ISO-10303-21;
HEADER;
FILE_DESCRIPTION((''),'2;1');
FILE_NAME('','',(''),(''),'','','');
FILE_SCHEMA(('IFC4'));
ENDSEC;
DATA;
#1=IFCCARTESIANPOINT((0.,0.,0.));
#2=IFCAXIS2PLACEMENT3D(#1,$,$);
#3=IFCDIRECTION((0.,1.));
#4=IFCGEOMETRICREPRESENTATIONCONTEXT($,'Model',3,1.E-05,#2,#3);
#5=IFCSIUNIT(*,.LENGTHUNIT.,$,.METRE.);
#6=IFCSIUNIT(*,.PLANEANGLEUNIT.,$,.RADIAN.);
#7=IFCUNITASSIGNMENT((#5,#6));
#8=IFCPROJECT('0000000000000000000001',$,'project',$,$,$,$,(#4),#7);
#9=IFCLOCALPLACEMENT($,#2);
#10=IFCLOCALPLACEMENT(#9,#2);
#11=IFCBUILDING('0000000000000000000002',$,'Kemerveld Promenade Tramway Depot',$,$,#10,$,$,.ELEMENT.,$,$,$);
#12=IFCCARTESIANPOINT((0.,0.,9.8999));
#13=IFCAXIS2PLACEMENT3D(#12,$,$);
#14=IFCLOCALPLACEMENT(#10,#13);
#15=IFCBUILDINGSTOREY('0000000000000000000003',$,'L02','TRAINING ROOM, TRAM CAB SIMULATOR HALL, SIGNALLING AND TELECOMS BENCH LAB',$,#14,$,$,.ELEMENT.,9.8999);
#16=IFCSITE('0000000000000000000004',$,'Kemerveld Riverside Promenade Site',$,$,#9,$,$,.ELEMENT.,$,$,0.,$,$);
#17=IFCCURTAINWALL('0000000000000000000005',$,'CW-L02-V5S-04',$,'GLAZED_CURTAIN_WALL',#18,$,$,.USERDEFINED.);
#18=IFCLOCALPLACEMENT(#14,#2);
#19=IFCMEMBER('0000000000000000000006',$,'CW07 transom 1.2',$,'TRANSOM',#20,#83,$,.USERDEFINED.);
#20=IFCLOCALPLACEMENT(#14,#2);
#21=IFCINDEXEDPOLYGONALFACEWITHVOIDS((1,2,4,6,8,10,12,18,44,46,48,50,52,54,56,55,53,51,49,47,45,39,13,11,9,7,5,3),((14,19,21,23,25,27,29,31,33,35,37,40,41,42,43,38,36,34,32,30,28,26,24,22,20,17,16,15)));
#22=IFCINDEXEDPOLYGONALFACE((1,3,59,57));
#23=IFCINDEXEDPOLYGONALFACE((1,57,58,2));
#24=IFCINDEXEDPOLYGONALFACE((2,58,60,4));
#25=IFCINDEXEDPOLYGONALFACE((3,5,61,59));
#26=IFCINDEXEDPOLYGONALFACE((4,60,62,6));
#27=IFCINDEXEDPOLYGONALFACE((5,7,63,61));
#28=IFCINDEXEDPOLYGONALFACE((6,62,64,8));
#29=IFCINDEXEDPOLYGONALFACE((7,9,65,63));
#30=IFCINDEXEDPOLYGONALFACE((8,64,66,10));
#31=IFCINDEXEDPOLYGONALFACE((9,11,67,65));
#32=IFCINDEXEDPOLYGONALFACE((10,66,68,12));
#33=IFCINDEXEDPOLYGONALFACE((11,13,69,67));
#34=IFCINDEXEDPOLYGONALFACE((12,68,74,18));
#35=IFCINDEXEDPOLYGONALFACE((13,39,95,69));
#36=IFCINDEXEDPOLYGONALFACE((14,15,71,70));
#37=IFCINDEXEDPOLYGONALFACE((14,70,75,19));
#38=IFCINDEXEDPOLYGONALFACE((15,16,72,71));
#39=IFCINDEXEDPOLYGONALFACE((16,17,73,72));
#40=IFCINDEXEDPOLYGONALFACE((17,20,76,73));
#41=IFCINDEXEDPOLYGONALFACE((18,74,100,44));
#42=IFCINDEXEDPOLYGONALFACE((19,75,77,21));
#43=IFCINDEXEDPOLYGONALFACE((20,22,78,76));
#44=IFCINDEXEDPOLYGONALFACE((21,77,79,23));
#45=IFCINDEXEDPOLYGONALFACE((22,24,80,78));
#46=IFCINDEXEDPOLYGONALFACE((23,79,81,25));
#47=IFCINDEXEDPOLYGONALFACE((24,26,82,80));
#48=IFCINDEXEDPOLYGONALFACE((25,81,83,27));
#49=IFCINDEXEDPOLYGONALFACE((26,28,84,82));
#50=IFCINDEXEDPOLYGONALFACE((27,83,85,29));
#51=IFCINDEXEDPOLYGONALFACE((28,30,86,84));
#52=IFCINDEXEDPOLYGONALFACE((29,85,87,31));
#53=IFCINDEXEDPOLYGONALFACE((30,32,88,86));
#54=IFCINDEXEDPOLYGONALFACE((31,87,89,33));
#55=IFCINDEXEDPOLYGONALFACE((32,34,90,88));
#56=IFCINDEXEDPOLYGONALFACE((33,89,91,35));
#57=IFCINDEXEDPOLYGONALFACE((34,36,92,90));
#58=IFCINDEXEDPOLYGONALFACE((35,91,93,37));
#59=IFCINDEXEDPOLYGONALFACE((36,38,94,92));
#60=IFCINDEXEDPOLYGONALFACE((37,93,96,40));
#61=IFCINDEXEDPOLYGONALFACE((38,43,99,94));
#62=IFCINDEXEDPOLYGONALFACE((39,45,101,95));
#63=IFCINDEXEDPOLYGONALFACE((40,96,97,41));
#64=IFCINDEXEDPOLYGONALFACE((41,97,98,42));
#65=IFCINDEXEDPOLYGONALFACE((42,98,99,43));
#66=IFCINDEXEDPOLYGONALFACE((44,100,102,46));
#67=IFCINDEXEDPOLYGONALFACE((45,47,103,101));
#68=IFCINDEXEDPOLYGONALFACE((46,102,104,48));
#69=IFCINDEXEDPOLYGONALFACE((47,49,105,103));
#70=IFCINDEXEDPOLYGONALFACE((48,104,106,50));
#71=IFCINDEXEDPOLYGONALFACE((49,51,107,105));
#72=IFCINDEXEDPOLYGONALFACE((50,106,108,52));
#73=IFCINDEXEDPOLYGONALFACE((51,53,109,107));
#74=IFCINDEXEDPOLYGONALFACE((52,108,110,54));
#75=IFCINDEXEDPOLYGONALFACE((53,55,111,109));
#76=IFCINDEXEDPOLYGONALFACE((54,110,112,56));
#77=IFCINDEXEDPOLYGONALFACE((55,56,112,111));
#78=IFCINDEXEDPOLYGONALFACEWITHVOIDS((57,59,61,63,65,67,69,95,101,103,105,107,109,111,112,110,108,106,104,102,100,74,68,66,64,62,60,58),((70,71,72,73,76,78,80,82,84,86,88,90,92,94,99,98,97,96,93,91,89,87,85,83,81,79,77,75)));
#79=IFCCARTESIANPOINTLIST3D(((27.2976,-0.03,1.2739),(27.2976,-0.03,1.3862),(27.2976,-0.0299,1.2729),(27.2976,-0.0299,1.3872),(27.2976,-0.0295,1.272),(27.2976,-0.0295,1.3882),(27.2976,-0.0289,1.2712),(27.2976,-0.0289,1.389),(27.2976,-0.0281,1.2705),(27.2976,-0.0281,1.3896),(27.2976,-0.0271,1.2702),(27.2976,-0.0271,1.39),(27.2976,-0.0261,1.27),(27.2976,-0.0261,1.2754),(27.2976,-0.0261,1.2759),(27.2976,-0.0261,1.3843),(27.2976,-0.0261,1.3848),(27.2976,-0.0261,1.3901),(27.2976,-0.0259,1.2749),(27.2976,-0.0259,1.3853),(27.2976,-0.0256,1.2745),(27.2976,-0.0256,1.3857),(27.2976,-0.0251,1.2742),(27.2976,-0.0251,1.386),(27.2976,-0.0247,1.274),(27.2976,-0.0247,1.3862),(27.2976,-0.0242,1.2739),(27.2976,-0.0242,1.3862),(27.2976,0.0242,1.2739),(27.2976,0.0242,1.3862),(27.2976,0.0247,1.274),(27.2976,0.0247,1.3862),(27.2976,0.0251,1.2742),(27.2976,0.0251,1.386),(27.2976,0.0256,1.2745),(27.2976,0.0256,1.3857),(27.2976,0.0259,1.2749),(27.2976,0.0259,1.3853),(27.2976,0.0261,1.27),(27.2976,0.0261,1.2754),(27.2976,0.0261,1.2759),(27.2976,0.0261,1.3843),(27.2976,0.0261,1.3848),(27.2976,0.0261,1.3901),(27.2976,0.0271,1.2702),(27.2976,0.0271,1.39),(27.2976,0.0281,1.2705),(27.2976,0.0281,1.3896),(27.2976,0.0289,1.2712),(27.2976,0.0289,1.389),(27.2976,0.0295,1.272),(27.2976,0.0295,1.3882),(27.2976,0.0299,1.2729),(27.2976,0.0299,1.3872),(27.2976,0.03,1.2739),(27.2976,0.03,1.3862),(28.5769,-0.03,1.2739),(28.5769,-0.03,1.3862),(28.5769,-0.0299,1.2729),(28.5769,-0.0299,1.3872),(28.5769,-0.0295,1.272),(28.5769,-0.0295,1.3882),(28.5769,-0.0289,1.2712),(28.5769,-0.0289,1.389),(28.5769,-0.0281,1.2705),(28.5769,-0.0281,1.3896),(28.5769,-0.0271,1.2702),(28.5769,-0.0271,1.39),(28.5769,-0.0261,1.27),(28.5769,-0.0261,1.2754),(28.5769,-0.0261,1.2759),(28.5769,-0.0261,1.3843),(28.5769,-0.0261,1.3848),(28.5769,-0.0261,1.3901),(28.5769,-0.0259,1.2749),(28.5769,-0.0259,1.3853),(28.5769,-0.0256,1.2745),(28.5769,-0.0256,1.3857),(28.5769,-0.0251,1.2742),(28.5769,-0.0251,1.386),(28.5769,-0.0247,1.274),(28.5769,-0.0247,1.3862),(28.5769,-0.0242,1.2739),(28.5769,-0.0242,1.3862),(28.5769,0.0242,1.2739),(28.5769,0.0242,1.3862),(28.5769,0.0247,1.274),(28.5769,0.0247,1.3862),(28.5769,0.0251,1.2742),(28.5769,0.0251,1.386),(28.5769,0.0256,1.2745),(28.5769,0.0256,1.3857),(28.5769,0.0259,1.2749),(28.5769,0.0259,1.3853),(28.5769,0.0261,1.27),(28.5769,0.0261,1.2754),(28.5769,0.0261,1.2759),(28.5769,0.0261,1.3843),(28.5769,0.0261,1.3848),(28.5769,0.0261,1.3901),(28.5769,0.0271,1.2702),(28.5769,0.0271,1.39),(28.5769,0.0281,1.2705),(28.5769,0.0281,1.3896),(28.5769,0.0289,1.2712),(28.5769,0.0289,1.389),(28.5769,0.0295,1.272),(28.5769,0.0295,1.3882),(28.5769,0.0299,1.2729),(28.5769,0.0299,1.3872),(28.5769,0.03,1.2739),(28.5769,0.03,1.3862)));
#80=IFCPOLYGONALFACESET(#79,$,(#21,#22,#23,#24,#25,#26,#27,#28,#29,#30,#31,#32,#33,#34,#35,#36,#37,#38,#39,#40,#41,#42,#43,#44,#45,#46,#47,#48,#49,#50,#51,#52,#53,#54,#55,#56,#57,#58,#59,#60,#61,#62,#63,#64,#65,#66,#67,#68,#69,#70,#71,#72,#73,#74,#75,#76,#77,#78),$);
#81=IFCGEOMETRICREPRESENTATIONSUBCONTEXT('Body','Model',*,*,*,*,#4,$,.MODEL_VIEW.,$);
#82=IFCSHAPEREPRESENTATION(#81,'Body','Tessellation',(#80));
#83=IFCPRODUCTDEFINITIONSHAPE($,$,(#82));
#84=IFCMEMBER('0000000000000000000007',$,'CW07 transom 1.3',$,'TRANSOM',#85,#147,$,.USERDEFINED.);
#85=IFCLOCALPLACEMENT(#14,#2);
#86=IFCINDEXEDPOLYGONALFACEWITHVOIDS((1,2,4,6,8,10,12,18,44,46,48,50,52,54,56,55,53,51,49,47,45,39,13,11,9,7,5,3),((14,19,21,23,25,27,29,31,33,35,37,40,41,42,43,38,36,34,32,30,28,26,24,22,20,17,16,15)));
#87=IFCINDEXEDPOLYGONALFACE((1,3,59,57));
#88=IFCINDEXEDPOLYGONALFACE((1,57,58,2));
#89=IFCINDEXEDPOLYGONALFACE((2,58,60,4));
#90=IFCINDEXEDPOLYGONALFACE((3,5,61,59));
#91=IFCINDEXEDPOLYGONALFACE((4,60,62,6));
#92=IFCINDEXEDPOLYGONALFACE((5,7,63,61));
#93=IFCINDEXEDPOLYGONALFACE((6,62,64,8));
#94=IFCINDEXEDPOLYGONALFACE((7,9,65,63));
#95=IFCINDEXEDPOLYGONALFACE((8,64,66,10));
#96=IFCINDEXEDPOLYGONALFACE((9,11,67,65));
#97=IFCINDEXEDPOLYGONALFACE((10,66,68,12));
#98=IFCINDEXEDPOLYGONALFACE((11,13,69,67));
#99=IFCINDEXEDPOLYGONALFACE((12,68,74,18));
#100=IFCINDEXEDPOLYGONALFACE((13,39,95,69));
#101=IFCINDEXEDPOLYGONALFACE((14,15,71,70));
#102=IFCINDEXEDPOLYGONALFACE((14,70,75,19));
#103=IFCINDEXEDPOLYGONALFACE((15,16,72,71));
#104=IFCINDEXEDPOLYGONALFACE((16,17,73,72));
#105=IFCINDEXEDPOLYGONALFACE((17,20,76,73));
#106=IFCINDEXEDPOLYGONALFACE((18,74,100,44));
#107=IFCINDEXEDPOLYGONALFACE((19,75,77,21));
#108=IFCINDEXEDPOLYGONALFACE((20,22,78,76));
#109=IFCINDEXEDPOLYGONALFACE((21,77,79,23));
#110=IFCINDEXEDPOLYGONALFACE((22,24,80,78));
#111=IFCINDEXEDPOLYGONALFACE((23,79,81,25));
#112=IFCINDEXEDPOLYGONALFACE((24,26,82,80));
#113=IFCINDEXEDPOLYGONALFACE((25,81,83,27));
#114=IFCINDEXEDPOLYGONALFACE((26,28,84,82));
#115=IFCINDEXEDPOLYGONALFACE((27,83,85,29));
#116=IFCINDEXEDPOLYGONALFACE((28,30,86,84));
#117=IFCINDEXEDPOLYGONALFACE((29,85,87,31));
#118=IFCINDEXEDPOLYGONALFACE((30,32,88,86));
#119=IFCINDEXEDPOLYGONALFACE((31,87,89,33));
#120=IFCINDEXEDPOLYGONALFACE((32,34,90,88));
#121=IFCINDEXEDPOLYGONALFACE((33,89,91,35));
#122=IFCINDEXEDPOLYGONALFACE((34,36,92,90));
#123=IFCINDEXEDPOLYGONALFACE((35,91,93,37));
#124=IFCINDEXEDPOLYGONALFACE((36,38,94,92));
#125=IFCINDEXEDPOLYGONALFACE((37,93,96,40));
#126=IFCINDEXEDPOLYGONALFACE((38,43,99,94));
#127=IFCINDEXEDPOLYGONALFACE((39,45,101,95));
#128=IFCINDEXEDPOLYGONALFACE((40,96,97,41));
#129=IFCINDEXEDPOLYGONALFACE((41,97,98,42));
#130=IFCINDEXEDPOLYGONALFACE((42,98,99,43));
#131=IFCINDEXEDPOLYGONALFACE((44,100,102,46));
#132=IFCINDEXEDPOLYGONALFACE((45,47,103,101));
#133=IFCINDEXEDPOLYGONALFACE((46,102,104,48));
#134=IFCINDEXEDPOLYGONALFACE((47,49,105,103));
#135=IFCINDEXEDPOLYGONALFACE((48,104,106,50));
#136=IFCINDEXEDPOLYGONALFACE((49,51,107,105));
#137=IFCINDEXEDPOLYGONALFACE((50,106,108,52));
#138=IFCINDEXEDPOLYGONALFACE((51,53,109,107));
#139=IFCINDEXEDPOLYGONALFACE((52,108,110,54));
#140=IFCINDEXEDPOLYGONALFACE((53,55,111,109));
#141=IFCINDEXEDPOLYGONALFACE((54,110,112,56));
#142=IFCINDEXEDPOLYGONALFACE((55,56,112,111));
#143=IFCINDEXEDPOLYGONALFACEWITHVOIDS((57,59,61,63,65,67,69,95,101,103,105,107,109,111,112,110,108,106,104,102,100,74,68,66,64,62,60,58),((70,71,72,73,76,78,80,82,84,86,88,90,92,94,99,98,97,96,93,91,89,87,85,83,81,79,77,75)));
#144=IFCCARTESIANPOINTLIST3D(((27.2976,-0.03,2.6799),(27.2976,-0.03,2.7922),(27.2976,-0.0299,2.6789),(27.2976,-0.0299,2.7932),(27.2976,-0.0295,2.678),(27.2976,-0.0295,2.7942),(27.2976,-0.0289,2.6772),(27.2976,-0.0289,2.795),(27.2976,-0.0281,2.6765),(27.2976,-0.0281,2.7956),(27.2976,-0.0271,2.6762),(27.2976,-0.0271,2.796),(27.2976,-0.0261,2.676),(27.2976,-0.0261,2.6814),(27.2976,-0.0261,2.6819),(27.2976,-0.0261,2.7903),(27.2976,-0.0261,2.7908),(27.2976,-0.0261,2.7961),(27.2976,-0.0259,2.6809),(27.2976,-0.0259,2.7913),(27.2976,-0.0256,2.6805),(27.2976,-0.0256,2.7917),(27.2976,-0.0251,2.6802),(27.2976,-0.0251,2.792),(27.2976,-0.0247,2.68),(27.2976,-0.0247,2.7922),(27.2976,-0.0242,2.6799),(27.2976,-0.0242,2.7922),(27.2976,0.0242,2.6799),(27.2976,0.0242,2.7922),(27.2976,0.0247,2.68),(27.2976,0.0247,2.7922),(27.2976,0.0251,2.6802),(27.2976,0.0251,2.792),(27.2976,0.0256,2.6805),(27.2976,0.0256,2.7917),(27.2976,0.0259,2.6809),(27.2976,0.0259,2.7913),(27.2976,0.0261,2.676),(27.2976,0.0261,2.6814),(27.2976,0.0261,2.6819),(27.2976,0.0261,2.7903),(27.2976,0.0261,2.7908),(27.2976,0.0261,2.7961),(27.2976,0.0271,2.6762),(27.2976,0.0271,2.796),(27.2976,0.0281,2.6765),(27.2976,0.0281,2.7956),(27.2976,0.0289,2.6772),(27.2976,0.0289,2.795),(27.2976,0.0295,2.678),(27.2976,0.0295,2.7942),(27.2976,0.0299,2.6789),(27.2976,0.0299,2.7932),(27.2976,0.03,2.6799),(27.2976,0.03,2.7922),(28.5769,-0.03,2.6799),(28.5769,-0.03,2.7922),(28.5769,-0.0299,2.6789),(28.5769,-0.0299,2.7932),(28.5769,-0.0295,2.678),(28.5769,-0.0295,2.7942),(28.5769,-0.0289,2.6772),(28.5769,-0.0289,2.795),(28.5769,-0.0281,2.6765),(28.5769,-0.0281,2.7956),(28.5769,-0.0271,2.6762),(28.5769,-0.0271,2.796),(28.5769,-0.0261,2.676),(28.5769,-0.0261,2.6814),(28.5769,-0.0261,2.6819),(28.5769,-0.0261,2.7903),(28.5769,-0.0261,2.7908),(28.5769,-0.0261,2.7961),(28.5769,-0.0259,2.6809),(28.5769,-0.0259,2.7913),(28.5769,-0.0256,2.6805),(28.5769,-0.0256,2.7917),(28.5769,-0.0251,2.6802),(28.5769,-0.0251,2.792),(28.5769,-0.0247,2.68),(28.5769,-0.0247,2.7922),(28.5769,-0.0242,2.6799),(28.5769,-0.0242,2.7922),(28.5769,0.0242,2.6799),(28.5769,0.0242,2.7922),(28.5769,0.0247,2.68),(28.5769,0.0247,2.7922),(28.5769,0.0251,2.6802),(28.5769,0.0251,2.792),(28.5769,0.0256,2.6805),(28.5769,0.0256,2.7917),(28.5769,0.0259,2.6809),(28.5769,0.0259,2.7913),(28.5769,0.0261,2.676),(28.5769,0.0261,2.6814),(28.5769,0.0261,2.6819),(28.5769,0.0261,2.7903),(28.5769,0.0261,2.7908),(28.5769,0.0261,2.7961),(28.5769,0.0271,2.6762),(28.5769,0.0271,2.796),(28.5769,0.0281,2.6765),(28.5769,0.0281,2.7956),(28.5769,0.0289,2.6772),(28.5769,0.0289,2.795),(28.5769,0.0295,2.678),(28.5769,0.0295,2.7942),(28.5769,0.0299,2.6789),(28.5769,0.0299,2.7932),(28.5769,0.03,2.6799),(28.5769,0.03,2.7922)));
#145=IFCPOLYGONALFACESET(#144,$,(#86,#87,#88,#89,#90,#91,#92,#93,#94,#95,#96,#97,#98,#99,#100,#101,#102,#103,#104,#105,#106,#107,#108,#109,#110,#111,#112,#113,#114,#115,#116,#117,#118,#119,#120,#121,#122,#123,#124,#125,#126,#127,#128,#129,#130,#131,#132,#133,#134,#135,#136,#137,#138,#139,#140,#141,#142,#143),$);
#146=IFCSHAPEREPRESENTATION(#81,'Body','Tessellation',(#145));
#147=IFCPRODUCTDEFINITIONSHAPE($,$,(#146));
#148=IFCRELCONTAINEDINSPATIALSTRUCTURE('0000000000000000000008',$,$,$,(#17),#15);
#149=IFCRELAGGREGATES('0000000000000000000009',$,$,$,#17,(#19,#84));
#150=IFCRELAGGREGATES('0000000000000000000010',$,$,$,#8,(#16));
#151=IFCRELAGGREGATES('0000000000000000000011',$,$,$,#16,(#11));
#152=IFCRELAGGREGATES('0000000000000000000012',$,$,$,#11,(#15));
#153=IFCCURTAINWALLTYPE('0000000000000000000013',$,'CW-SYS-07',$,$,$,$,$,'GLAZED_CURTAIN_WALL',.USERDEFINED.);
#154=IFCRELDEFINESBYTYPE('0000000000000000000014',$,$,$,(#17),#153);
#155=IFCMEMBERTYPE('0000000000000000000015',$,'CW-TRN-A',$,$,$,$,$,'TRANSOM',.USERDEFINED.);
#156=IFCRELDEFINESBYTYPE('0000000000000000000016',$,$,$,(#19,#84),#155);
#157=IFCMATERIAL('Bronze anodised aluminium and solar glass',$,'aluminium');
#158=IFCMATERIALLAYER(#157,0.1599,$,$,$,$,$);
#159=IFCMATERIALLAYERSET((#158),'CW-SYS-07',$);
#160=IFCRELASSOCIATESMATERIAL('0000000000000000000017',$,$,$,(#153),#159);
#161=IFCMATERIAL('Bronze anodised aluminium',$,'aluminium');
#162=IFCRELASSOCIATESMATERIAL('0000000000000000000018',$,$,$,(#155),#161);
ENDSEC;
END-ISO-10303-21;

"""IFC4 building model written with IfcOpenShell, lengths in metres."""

from ifc_helpers import new_model, si_unit, direction, frame, origin, origin_2d, place, context, subcontext, project, spatial, hollow_rectangle, extrude, material, layer, layer_set, material_profile, profile_set, type_object, element, aggregate, save


model = new_model("IFC4")

# Units and contexts
model_context = context("Model", 3, precision=1e-05, world=origin(), true_north=direction((0.0, 1.0)))
body_context = subcontext(model_context, "Body", "Model", "MODEL_VIEW")
ifc_project = project(units=[si_unit("LENGTHUNIT", "METRE"), si_unit("PLANEANGLEUNIT", "RADIAN")], contexts=[model_context])

# Site, building, storey
site_placement = place(None, origin())
site = spatial("IfcSite", under=ifc_project, at=site_placement, Name="Kemerveld Riverside Promenade Site", CompositionType="ELEMENT", RefElevation=0.0)
building_placement = place(site_placement, origin())
building = spatial("IfcBuilding", under=site, at=building_placement, Name="Kemerveld Promenade Tramway Depot", CompositionType="ELEMENT")
storey_placement = place(building_placement, frame((0.0, 0.0, 9.8999)))
storey = spatial("IfcBuildingStorey", under=building, at=storey_placement, Name="L02", Description="TRAINING ROOM, TRAM CAB SIMULATOR HALL, SIGNALLING AND TELECOMS BENCH LAB", CompositionType="ELEMENT", Elevation=9.8999)

# Curtain wall, members
ifc_material_1 = material(Name="Bronze anodised aluminium and solar glass", Category="aluminium")
ifc_layer_1 = layer(ifc_material_1, 0.1599)
ifc_layer_set_1 = layer_set([ifc_layer_1], Name="CW-SYS-07")
curtain_wall_type = type_object("IfcCurtainWallType", Name="CW-SYS-07", ElementType="GLAZED_CURTAIN_WALL", PredefinedType="USERDEFINED", material=ifc_layer_set_1)
curtain_wall_placement = place(storey_placement, origin())
curtain_wall = element("IfcCurtainWall", 1, at=curtain_wall_placement, inside=storey, type_object=curtain_wall_type, Name="CW-L02-V5S-04", ObjectType="GLAZED_CURTAIN_WALL", PredefinedType="USERDEFINED")
ifc_material_2 = material(Name="Bronze anodised aluminium", Category="aluminium")
ifc_material_profile_1 = material_profile(ifc_material_2, hollow_rectangle(XDim=0.0601, YDim=0.1201, WallThickness=0.0039, InnerFilletRadius=0.002, OuterFilletRadius=0.0039, at=origin_2d()), Name="CW-TRN-120x60")
ifc_profile_set_1 = profile_set([ifc_material_profile_1], Name="Bronze anodised aluminium")
member_type_1 = type_object("IfcMemberType", Name="CW-TRN-A", ElementType="TRANSOM", PredefinedType="USERDEFINED", material=ifc_profile_set_1)
member_1_placement = place(storey_placement, frame((28.5769, 0.0, 1.3301), z_axis=(-1.0, 0.0, 0.0), x_axis=(0.0, -1.0, 0.0)))
member_1 = element("IfcMember", 2, at=member_1_placement, type_object=member_type_1, Name="CW07 transom 1.2", ObjectType="TRANSOM", PredefinedType="USERDEFINED", context=body_context, shape_type="SweptSolid", body=[
    extrude(hollow_rectangle(XDim=0.0601, YDim=0.1201, WallThickness=0.0039, InnerFilletRadius=0.002, OuterFilletRadius=0.0039, at=origin_2d()), origin(), (0.0, 0.0, 1.0), 1.2793),
])
member_2_placement = place(storey_placement, frame((28.5769, 0.0, 2.7361), z_axis=(-1.0, 0.0, 0.0), x_axis=(0.0, -1.0, 0.0)))
member_2 = element("IfcMember", 3, at=member_2_placement, type_object=member_type_1, Name="CW07 transom 1.3", ObjectType="TRANSOM", PredefinedType="USERDEFINED", context=body_context, shape_type="SweptSolid", body=[
    extrude(hollow_rectangle(XDim=0.0601, YDim=0.1201, WallThickness=0.0039, InnerFilletRadius=0.002, OuterFilletRadius=0.0039, at=origin_2d()), origin(), (0.0, 0.0, 1.0), 1.2793),
])
aggregate(curtain_wall, [member_1, member_2])

save(model, "model.ifc")
